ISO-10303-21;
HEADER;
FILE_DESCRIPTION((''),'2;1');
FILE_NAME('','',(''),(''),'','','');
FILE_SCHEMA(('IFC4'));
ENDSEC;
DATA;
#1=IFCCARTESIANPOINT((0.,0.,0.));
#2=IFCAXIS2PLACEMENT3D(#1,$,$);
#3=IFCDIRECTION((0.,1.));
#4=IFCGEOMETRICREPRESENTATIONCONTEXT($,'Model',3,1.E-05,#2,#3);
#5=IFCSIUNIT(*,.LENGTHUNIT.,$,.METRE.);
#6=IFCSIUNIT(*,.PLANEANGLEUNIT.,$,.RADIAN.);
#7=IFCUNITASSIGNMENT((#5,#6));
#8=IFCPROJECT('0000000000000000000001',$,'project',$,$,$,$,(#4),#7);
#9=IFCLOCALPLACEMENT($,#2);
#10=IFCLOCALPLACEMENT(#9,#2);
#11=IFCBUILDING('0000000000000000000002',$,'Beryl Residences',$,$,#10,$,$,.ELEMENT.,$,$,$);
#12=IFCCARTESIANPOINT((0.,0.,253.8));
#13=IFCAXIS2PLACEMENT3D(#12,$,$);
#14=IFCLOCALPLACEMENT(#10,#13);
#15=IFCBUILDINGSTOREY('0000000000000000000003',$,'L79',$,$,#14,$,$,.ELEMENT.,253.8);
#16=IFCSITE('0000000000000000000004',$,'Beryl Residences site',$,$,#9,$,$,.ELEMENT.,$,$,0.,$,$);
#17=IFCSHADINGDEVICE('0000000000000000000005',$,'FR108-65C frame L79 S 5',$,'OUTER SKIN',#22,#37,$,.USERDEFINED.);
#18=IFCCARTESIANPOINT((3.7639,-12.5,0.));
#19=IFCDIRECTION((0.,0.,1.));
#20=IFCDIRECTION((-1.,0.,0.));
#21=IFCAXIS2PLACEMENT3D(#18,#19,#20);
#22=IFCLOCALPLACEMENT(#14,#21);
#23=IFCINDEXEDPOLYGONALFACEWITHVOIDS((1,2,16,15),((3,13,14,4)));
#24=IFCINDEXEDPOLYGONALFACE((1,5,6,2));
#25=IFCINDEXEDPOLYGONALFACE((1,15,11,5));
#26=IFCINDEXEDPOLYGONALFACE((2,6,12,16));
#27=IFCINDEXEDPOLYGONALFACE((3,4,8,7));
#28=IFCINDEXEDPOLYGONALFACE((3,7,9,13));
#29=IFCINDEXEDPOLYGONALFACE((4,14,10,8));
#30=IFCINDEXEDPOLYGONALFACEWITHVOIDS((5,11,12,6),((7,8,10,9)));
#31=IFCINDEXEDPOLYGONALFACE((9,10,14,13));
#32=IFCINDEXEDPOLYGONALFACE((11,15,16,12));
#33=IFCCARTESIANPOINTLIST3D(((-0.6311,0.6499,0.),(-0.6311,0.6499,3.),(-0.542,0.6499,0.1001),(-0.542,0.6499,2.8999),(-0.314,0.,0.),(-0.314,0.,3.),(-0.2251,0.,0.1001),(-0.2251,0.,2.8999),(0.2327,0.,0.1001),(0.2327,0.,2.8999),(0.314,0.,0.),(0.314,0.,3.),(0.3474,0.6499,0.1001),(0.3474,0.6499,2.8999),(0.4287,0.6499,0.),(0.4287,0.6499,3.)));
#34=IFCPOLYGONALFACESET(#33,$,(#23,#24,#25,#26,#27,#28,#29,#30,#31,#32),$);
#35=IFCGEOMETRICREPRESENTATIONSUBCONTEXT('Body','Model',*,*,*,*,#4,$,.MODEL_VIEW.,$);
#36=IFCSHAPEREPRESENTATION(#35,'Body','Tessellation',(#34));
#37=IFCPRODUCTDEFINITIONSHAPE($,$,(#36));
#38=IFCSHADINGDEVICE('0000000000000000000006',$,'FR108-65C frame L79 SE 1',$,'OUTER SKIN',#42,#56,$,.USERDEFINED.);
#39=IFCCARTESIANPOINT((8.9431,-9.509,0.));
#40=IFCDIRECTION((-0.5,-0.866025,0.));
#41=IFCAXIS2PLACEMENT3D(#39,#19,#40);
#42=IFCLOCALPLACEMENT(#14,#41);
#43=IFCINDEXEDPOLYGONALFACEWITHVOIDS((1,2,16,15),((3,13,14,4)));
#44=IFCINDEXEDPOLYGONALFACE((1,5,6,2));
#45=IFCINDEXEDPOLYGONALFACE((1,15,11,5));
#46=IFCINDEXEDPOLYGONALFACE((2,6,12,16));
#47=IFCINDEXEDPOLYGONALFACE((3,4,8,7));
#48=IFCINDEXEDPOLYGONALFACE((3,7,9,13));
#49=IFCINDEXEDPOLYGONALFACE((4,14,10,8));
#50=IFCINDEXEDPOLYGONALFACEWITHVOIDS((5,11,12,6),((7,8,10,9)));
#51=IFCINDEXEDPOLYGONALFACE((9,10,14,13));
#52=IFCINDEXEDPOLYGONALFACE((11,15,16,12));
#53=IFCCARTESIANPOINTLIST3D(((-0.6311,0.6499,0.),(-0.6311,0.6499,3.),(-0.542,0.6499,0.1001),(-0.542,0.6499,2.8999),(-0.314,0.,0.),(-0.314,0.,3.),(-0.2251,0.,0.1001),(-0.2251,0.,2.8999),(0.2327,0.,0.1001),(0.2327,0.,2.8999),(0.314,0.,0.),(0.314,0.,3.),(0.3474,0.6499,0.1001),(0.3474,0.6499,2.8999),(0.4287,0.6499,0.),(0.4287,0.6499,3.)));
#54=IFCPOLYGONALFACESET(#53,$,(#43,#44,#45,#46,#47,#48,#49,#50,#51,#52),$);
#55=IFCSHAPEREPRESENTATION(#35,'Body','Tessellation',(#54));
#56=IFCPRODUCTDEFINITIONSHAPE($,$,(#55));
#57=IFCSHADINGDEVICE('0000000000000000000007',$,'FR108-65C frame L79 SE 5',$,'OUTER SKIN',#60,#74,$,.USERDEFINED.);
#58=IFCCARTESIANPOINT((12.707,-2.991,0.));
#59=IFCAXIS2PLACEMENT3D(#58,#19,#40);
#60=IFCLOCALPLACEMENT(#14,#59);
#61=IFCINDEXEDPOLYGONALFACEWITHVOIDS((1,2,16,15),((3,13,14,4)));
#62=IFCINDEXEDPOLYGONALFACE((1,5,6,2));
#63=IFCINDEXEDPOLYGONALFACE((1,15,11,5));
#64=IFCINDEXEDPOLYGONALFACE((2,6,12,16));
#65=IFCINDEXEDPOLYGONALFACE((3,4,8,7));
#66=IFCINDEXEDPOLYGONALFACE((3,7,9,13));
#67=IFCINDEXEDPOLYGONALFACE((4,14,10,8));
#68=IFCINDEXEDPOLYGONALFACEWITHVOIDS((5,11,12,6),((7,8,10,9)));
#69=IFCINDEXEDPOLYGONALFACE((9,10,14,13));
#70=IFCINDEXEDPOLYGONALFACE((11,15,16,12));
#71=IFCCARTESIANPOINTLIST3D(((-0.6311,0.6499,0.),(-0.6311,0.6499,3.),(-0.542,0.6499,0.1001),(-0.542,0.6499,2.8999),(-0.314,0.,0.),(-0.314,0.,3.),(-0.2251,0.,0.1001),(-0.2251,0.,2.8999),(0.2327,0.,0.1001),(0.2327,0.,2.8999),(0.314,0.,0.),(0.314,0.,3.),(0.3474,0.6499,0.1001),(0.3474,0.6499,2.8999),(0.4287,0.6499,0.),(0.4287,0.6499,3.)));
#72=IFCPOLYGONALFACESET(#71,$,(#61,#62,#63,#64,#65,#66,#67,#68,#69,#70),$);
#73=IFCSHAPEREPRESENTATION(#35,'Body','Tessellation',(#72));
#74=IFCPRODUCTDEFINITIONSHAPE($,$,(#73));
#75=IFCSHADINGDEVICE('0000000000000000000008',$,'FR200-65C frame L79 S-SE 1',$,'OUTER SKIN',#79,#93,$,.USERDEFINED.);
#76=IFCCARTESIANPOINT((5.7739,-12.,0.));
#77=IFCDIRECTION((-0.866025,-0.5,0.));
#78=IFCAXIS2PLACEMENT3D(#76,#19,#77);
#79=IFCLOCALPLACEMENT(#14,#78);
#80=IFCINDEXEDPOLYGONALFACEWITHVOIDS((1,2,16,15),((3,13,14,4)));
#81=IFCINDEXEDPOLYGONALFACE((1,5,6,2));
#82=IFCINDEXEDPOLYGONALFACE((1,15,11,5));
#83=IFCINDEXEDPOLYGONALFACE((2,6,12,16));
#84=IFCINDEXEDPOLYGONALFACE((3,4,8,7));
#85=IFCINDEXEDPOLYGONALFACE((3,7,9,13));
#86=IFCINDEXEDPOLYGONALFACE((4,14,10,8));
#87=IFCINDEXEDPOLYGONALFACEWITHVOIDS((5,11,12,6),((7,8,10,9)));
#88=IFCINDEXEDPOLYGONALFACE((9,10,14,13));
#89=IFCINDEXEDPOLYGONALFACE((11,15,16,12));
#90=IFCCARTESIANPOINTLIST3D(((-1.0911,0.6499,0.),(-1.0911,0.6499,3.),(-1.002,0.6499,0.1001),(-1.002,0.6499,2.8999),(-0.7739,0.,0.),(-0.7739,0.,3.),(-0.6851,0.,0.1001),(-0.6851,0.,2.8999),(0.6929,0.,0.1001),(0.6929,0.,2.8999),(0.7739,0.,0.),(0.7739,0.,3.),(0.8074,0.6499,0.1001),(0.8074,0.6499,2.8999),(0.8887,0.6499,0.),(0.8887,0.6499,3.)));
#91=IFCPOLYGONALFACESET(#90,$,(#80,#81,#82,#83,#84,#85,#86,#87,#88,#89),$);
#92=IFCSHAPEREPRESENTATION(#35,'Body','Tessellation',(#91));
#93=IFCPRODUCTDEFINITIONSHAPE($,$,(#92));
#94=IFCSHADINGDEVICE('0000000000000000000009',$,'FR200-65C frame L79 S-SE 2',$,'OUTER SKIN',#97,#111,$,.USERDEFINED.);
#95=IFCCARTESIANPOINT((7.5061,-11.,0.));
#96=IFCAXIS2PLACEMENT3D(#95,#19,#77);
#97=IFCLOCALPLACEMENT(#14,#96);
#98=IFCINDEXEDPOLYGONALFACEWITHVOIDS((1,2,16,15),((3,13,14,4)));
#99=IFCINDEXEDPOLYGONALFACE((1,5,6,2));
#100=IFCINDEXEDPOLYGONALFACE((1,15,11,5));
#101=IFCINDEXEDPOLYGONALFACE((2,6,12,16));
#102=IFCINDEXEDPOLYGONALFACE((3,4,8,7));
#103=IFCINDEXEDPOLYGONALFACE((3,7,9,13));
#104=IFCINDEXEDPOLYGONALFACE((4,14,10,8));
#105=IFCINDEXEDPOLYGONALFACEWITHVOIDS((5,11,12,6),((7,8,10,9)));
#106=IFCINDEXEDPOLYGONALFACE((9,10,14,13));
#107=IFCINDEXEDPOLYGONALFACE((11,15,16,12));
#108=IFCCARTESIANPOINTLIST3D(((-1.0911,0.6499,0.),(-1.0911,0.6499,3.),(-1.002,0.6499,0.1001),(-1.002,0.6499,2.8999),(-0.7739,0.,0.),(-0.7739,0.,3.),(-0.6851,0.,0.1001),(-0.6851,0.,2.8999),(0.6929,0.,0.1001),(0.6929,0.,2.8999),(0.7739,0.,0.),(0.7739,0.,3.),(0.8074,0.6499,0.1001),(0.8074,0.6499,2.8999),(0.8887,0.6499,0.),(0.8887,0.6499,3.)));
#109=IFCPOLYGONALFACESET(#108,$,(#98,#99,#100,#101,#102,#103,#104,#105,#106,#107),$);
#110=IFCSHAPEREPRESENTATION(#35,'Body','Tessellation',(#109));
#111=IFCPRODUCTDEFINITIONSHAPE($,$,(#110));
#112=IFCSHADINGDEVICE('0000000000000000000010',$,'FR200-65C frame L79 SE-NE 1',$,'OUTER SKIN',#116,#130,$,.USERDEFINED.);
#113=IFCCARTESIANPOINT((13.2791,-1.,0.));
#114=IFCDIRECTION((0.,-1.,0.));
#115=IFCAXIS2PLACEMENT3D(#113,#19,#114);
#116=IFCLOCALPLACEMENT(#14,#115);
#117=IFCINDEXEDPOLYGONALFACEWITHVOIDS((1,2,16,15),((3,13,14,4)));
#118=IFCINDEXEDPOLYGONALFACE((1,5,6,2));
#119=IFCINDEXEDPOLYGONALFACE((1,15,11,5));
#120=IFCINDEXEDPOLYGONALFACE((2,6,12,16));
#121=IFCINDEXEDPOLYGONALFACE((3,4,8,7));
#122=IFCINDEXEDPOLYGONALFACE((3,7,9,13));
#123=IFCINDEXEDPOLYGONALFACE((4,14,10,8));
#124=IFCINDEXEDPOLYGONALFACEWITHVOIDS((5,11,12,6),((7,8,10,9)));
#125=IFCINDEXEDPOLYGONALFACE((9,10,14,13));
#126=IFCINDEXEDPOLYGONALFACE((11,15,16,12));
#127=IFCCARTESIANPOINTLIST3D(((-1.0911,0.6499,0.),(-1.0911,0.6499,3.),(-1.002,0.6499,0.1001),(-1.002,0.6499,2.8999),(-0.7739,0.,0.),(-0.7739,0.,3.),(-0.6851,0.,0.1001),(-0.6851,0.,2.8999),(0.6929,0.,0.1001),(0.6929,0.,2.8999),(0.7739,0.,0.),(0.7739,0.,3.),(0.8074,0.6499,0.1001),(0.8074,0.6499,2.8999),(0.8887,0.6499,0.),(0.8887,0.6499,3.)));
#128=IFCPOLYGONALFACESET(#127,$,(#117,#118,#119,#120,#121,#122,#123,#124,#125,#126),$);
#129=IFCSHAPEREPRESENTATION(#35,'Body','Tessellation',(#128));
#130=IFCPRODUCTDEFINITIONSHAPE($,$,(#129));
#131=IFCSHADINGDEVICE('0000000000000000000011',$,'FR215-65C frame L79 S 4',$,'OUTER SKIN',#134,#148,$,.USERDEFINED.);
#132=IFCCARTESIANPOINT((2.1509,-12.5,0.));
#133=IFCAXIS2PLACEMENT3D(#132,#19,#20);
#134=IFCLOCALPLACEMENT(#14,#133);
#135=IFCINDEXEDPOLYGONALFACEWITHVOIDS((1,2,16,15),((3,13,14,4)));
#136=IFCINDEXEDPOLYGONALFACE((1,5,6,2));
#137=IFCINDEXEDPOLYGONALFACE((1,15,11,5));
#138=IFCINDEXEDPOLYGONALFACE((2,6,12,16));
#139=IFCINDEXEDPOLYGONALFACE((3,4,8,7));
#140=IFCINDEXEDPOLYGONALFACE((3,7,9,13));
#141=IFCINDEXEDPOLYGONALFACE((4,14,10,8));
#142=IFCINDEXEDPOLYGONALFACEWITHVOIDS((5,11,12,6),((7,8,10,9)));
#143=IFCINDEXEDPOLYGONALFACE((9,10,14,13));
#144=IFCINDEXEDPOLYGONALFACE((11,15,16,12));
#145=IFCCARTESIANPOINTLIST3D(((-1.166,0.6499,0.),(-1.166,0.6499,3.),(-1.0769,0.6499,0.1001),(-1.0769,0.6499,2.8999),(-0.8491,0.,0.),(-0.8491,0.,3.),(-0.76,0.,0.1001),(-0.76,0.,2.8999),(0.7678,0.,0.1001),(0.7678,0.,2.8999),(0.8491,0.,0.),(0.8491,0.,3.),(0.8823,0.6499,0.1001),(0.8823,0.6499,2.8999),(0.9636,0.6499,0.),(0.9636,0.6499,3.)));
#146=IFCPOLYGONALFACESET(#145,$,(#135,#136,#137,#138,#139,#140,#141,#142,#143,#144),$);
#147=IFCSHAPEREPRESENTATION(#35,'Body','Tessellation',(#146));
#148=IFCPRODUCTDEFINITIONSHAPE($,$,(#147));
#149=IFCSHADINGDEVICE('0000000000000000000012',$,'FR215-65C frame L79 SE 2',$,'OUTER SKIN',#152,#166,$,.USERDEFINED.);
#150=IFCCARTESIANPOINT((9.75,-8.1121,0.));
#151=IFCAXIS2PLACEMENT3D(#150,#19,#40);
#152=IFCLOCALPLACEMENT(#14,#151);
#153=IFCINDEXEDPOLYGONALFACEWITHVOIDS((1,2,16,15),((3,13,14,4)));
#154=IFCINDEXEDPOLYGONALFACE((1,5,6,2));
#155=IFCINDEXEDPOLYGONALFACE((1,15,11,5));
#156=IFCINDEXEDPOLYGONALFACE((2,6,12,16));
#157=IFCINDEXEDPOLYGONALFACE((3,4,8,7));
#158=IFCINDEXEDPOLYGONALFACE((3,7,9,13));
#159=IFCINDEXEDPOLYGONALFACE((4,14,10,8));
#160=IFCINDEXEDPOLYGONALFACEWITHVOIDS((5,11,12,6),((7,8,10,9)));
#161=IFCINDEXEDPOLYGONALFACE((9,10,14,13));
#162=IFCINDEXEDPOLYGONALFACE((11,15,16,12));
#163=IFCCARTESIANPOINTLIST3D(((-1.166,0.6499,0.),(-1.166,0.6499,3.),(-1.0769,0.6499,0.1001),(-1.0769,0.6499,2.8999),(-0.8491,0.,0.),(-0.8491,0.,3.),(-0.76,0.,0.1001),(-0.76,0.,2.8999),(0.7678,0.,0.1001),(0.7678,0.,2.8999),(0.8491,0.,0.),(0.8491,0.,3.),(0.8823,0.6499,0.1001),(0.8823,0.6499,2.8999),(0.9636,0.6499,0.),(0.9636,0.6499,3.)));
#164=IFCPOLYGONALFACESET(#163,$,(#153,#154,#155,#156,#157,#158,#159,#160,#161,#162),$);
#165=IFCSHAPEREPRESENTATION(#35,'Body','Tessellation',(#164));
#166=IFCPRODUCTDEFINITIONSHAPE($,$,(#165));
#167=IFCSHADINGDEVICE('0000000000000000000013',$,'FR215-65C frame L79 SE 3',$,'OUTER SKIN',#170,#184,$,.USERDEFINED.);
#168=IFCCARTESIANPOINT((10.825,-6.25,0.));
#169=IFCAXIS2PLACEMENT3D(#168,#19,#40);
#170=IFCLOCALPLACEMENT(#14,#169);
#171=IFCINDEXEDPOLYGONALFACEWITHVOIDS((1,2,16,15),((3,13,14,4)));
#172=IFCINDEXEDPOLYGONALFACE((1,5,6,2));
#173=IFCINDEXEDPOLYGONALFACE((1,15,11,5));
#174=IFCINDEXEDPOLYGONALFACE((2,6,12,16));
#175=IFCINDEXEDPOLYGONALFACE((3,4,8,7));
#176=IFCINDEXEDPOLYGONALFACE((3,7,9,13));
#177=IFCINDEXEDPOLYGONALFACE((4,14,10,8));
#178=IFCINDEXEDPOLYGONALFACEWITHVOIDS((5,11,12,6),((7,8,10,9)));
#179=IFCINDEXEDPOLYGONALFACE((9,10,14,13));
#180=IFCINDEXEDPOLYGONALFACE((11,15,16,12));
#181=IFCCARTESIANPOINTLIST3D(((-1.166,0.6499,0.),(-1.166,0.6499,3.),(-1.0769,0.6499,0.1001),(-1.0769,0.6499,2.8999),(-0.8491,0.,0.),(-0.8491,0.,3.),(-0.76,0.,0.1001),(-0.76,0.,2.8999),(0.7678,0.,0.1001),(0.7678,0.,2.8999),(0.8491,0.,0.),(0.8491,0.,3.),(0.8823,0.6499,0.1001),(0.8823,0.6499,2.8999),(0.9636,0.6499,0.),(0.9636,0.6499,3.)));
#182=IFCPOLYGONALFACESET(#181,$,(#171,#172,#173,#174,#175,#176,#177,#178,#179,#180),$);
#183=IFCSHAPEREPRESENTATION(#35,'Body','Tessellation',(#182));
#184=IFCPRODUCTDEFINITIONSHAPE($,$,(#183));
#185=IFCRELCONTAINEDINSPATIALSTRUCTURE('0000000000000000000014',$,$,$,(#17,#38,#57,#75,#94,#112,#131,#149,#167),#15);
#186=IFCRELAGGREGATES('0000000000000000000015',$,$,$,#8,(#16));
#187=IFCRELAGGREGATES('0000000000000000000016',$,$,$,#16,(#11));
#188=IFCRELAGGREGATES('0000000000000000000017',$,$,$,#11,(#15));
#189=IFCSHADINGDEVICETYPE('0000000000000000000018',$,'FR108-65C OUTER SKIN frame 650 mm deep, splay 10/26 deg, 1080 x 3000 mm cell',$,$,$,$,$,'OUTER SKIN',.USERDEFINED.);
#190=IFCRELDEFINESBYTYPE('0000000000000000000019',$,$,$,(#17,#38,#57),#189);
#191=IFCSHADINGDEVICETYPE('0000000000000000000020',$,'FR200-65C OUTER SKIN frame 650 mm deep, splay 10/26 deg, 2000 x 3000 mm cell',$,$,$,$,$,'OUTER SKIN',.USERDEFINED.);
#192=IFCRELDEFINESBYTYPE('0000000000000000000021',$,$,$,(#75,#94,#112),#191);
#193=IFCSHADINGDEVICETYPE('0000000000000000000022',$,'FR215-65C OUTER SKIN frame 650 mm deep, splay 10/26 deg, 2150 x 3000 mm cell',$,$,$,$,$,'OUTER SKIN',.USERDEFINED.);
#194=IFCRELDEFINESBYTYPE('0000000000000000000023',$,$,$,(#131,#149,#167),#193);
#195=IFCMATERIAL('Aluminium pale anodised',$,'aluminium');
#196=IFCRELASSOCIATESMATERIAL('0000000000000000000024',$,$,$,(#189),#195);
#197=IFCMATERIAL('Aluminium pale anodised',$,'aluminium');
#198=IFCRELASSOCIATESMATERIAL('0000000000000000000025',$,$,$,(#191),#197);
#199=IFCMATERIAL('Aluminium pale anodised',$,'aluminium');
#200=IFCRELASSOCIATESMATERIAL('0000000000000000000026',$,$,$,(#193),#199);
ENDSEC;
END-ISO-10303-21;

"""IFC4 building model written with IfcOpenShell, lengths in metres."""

from ifc_helpers import new_model, entity, si_unit, direction, frame, origin, place, context, subcontext, project, spatial, source, transform, mapped, material, type_object, type_shapes, element, save


model = new_model("IFC4")

# Units and contexts
model_context = context("Model", 3, precision=1e-05, world=origin(), true_north=direction((0.0, 1.0)))
body_context = subcontext(model_context, "Body", "Model", "MODEL_VIEW")
ifc_project = project(units=[si_unit("LENGTHUNIT", "METRE"), si_unit("PLANEANGLEUNIT", "RADIAN")], contexts=[model_context])

# Site, building, storey
site_placement = place(None, origin())
site = spatial("IfcSite", under=ifc_project, at=site_placement, Name="Beryl Residences site", CompositionType="ELEMENT", RefElevation=0.0)
building_placement = place(site_placement, origin())
building = spatial("IfcBuilding", under=site, at=building_placement, Name="Beryl Residences", CompositionType="ELEMENT")
storey_placement = place(building_placement, frame((0.0, 0.0, 253.8)))
storey = spatial("IfcBuildingStorey", under=building, at=storey_placement, Name="L79", CompositionType="ELEMENT", Elevation=253.8)

# Shading devices
ifc_material_1 = material(Name="Aluminium pale anodised", Category="aluminium")
shading_device_type_1 = type_object("IfcShadingDeviceType", Name="FR108-65C OUTER SKIN frame 650 mm deep, splay 10/26 deg, 1080 x 3000 mm cell", ElementType="OUTER SKIN", PredefinedType="USERDEFINED", material=ifc_material_1)
cartesian_point_1 = entity("IfcCartesianPoint", [-0.314, 0.0])
cartesian_point_2 = entity("IfcCartesianPoint", [-0.2327, 0.1001])
cartesian_point_3 = entity("IfcCartesianPoint", [-0.4287, 0.0])
cartesian_point_4 = entity("IfcCartesianPoint", [-0.3474, 0.1001])
shared_shape_1 = source(origin(), body_context, "Body", "SweptSolid", [
    entity("IfcExtrudedAreaSolidTapered", entity("IfcArbitraryProfileDefWithVoids", "AREA", None, entity("IfcPolyline", [cartesian_point_1, entity("IfcCartesianPoint", [0.314, 0.0]), entity("IfcCartesianPoint", [0.314, 3.0]), entity("IfcCartesianPoint", [-0.314, 3.0]), cartesian_point_1]), [entity("IfcPolyline", [cartesian_point_2, entity("IfcCartesianPoint", [0.2251, 0.1001]), entity("IfcCartesianPoint", [0.2251, 2.8999]), entity("IfcCartesianPoint", [-0.2327, 2.8999]), cartesian_point_2])]), entity("IfcAxis2Placement3D", entity("IfcCartesianPoint", [0.0, 0.0, 0.0]), entity("IfcDirection", [0.0, 1.0, 0.0]), entity("IfcDirection", [-1.0, 0.0, 0.0])), entity("IfcDirection", [0.0, 0.0, 1.0]), 0.6499, entity("IfcArbitraryProfileDefWithVoids", "AREA", None, entity("IfcPolyline", [cartesian_point_3, entity("IfcCartesianPoint", [0.6311, 0.0]), entity("IfcCartesianPoint", [0.6311, 3.0]), entity("IfcCartesianPoint", [-0.4287, 3.0]), cartesian_point_3]), [entity("IfcPolyline", [cartesian_point_4, entity("IfcCartesianPoint", [0.542, 0.1001]), entity("IfcCartesianPoint", [0.542, 2.8999]), entity("IfcCartesianPoint", [-0.3474, 2.8999]), cartesian_point_4])])),
])
type_shapes(shading_device_type_1, [shared_shape_1])
for number, where, z_axis, x_axis, name in (
    (1, (3.7639, -12.5, 0.0), (0.0, 0.0, 1.0), (-1.0, 0.0, 0.0), "FR108-65C frame L79 S 5"),
    (2, (8.9431, -9.509, 0.0), (0.0, 0.0, 1.0), (-0.5, -0.866025, 0.0), "FR108-65C frame L79 SE 1"),
    (3, (12.707, -2.991, 0.0), (0.0, 0.0, 1.0), (-0.5, -0.866025, 0.0), "FR108-65C frame L79 SE 5"),
):
    element("IfcShadingDevice", number, at=place(storey_placement, frame(where, z_axis=z_axis, x_axis=x_axis)), inside=storey, type_object=shading_device_type_1, Name=name, ObjectType="OUTER SKIN", PredefinedType="USERDEFINED", context=body_context, shape_type="MappedRepresentation", body=[
        mapped(shared_shape_1, transform((0.0, 0.0, 0.0))),
    ])
ifc_material_2 = material(Name="Aluminium pale anodised", Category="aluminium")
shading_device_type_2 = type_object("IfcShadingDeviceType", Name="FR200-65C OUTER SKIN frame 650 mm deep, splay 10/26 deg, 2000 x 3000 mm cell", ElementType="OUTER SKIN", PredefinedType="USERDEFINED", material=ifc_material_2)
cartesian_point_5 = entity("IfcCartesianPoint", [-0.7739, 0.0])
cartesian_point_6 = entity("IfcCartesianPoint", [-0.6929, 0.1001])
cartesian_point_7 = entity("IfcCartesianPoint", [-0.8887, 0.0])
cartesian_point_8 = entity("IfcCartesianPoint", [-0.8074, 0.1001])
shared_shape_2 = source(origin(), body_context, "Body", "SweptSolid", [
    entity("IfcExtrudedAreaSolidTapered", entity("IfcArbitraryProfileDefWithVoids", "AREA", None, entity("IfcPolyline", [cartesian_point_5, entity("IfcCartesianPoint", [0.7739, 0.0]), entity("IfcCartesianPoint", [0.7739, 3.0]), entity("IfcCartesianPoint", [-0.7739, 3.0]), cartesian_point_5]), [entity("IfcPolyline", [cartesian_point_6, entity("IfcCartesianPoint", [0.6851, 0.1001]), entity("IfcCartesianPoint", [0.6851, 2.8999]), entity("IfcCartesianPoint", [-0.6929, 2.8999]), cartesian_point_6])]), entity("IfcAxis2Placement3D", entity("IfcCartesianPoint", [0.0, 0.0, 0.0]), entity("IfcDirection", [0.0, 1.0, 0.0]), entity("IfcDirection", [-1.0, 0.0, 0.0])), entity("IfcDirection", [0.0, 0.0, 1.0]), 0.6499, entity("IfcArbitraryProfileDefWithVoids", "AREA", None, entity("IfcPolyline", [cartesian_point_7, entity("IfcCartesianPoint", [1.0911, 0.0]), entity("IfcCartesianPoint", [1.0911, 3.0]), entity("IfcCartesianPoint", [-0.8887, 3.0]), cartesian_point_7]), [entity("IfcPolyline", [cartesian_point_8, entity("IfcCartesianPoint", [1.002, 0.1001]), entity("IfcCartesianPoint", [1.002, 2.8999]), entity("IfcCartesianPoint", [-0.8074, 2.8999]), cartesian_point_8])])),
])
type_shapes(shading_device_type_2, [shared_shape_2])
for number, where, z_axis, x_axis, name in (
    (4, (5.7739, -12.0, 0.0), (0.0, 0.0, 1.0), (-0.866025, -0.5, 0.0), "FR200-65C frame L79 S-SE 1"),
    (5, (7.5061, -11.0, 0.0), (0.0, 0.0, 1.0), (-0.866025, -0.5, 0.0), "FR200-65C frame L79 S-SE 2"),
    (6, (13.2791, -1.0, 0.0), (0.0, 0.0, 1.0), (0.0, -1.0, 0.0), "FR200-65C frame L79 SE-NE 1"),
):
    element("IfcShadingDevice", number, at=place(storey_placement, frame(where, z_axis=z_axis, x_axis=x_axis)), inside=storey, type_object=shading_device_type_2, Name=name, ObjectType="OUTER SKIN", PredefinedType="USERDEFINED", context=body_context, shape_type="MappedRepresentation", body=[
        mapped(shared_shape_2, transform((0.0, 0.0, 0.0))),
    ])
ifc_material_3 = material(Name="Aluminium pale anodised", Category="aluminium")
shading_device_type_3 = type_object("IfcShadingDeviceType", Name="FR215-65C OUTER SKIN frame 650 mm deep, splay 10/26 deg, 2150 x 3000 mm cell", ElementType="OUTER SKIN", PredefinedType="USERDEFINED", material=ifc_material_3)
cartesian_point_9 = entity("IfcCartesianPoint", [-0.8491, 0.0])
cartesian_point_10 = entity("IfcCartesianPoint", [-0.7678, 0.1001])
cartesian_point_11 = entity("IfcCartesianPoint", [-0.9636, 0.0])
cartesian_point_12 = entity("IfcCartesianPoint", [-0.8823, 0.1001])
shared_shape_3 = source(origin(), body_context, "Body", "SweptSolid", [
    entity("IfcExtrudedAreaSolidTapered", entity("IfcArbitraryProfileDefWithVoids", "AREA", None, entity("IfcPolyline", [cartesian_point_9, entity("IfcCartesianPoint", [0.8491, 0.0]), entity("IfcCartesianPoint", [0.8491, 3.0]), entity("IfcCartesianPoint", [-0.8491, 3.0]), cartesian_point_9]), [entity("IfcPolyline", [cartesian_point_10, entity("IfcCartesianPoint", [0.76, 0.1001]), entity("IfcCartesianPoint", [0.76, 2.8999]), entity("IfcCartesianPoint", [-0.7678, 2.8999]), cartesian_point_10])]), entity("IfcAxis2Placement3D", entity("IfcCartesianPoint", [0.0, 0.0, 0.0]), entity("IfcDirection", [0.0, 1.0, 0.0]), entity("IfcDirection", [-1.0, 0.0, 0.0])), entity("IfcDirection", [0.0, 0.0, 1.0]), 0.6499, entity("IfcArbitraryProfileDefWithVoids", "AREA", None, entity("IfcPolyline", [cartesian_point_11, entity("IfcCartesianPoint", [1.166, 0.0]), entity("IfcCartesianPoint", [1.166, 3.0]), entity("IfcCartesianPoint", [-0.9636, 3.0]), cartesian_point_11]), [entity("IfcPolyline", [cartesian_point_12, entity("IfcCartesianPoint", [1.0769, 0.1001]), entity("IfcCartesianPoint", [1.0769, 2.8999]), entity("IfcCartesianPoint", [-0.8823, 2.8999]), cartesian_point_12])])),
])
type_shapes(shading_device_type_3, [shared_shape_3])
for number, where, z_axis, x_axis, name in (
    (7, (2.1509, -12.5, 0.0), (0.0, 0.0, 1.0), (-1.0, 0.0, 0.0), "FR215-65C frame L79 S 4"),
    (8, (9.75, -8.1121, 0.0), (0.0, 0.0, 1.0), (-0.5, -0.866025, 0.0), "FR215-65C frame L79 SE 2"),
    (9, (10.825, -6.25, 0.0), (0.0, 0.0, 1.0), (-0.5, -0.866025, 0.0), "FR215-65C frame L79 SE 3"),
):
    element("IfcShadingDevice", number, at=place(storey_placement, frame(where, z_axis=z_axis, x_axis=x_axis)), inside=storey, type_object=shading_device_type_3, Name=name, ObjectType="OUTER SKIN", PredefinedType="USERDEFINED", context=body_context, shape_type="MappedRepresentation", body=[
        mapped(shared_shape_3, transform((0.0, 0.0, 0.0))),
    ])

save(model, "model.ifc")
